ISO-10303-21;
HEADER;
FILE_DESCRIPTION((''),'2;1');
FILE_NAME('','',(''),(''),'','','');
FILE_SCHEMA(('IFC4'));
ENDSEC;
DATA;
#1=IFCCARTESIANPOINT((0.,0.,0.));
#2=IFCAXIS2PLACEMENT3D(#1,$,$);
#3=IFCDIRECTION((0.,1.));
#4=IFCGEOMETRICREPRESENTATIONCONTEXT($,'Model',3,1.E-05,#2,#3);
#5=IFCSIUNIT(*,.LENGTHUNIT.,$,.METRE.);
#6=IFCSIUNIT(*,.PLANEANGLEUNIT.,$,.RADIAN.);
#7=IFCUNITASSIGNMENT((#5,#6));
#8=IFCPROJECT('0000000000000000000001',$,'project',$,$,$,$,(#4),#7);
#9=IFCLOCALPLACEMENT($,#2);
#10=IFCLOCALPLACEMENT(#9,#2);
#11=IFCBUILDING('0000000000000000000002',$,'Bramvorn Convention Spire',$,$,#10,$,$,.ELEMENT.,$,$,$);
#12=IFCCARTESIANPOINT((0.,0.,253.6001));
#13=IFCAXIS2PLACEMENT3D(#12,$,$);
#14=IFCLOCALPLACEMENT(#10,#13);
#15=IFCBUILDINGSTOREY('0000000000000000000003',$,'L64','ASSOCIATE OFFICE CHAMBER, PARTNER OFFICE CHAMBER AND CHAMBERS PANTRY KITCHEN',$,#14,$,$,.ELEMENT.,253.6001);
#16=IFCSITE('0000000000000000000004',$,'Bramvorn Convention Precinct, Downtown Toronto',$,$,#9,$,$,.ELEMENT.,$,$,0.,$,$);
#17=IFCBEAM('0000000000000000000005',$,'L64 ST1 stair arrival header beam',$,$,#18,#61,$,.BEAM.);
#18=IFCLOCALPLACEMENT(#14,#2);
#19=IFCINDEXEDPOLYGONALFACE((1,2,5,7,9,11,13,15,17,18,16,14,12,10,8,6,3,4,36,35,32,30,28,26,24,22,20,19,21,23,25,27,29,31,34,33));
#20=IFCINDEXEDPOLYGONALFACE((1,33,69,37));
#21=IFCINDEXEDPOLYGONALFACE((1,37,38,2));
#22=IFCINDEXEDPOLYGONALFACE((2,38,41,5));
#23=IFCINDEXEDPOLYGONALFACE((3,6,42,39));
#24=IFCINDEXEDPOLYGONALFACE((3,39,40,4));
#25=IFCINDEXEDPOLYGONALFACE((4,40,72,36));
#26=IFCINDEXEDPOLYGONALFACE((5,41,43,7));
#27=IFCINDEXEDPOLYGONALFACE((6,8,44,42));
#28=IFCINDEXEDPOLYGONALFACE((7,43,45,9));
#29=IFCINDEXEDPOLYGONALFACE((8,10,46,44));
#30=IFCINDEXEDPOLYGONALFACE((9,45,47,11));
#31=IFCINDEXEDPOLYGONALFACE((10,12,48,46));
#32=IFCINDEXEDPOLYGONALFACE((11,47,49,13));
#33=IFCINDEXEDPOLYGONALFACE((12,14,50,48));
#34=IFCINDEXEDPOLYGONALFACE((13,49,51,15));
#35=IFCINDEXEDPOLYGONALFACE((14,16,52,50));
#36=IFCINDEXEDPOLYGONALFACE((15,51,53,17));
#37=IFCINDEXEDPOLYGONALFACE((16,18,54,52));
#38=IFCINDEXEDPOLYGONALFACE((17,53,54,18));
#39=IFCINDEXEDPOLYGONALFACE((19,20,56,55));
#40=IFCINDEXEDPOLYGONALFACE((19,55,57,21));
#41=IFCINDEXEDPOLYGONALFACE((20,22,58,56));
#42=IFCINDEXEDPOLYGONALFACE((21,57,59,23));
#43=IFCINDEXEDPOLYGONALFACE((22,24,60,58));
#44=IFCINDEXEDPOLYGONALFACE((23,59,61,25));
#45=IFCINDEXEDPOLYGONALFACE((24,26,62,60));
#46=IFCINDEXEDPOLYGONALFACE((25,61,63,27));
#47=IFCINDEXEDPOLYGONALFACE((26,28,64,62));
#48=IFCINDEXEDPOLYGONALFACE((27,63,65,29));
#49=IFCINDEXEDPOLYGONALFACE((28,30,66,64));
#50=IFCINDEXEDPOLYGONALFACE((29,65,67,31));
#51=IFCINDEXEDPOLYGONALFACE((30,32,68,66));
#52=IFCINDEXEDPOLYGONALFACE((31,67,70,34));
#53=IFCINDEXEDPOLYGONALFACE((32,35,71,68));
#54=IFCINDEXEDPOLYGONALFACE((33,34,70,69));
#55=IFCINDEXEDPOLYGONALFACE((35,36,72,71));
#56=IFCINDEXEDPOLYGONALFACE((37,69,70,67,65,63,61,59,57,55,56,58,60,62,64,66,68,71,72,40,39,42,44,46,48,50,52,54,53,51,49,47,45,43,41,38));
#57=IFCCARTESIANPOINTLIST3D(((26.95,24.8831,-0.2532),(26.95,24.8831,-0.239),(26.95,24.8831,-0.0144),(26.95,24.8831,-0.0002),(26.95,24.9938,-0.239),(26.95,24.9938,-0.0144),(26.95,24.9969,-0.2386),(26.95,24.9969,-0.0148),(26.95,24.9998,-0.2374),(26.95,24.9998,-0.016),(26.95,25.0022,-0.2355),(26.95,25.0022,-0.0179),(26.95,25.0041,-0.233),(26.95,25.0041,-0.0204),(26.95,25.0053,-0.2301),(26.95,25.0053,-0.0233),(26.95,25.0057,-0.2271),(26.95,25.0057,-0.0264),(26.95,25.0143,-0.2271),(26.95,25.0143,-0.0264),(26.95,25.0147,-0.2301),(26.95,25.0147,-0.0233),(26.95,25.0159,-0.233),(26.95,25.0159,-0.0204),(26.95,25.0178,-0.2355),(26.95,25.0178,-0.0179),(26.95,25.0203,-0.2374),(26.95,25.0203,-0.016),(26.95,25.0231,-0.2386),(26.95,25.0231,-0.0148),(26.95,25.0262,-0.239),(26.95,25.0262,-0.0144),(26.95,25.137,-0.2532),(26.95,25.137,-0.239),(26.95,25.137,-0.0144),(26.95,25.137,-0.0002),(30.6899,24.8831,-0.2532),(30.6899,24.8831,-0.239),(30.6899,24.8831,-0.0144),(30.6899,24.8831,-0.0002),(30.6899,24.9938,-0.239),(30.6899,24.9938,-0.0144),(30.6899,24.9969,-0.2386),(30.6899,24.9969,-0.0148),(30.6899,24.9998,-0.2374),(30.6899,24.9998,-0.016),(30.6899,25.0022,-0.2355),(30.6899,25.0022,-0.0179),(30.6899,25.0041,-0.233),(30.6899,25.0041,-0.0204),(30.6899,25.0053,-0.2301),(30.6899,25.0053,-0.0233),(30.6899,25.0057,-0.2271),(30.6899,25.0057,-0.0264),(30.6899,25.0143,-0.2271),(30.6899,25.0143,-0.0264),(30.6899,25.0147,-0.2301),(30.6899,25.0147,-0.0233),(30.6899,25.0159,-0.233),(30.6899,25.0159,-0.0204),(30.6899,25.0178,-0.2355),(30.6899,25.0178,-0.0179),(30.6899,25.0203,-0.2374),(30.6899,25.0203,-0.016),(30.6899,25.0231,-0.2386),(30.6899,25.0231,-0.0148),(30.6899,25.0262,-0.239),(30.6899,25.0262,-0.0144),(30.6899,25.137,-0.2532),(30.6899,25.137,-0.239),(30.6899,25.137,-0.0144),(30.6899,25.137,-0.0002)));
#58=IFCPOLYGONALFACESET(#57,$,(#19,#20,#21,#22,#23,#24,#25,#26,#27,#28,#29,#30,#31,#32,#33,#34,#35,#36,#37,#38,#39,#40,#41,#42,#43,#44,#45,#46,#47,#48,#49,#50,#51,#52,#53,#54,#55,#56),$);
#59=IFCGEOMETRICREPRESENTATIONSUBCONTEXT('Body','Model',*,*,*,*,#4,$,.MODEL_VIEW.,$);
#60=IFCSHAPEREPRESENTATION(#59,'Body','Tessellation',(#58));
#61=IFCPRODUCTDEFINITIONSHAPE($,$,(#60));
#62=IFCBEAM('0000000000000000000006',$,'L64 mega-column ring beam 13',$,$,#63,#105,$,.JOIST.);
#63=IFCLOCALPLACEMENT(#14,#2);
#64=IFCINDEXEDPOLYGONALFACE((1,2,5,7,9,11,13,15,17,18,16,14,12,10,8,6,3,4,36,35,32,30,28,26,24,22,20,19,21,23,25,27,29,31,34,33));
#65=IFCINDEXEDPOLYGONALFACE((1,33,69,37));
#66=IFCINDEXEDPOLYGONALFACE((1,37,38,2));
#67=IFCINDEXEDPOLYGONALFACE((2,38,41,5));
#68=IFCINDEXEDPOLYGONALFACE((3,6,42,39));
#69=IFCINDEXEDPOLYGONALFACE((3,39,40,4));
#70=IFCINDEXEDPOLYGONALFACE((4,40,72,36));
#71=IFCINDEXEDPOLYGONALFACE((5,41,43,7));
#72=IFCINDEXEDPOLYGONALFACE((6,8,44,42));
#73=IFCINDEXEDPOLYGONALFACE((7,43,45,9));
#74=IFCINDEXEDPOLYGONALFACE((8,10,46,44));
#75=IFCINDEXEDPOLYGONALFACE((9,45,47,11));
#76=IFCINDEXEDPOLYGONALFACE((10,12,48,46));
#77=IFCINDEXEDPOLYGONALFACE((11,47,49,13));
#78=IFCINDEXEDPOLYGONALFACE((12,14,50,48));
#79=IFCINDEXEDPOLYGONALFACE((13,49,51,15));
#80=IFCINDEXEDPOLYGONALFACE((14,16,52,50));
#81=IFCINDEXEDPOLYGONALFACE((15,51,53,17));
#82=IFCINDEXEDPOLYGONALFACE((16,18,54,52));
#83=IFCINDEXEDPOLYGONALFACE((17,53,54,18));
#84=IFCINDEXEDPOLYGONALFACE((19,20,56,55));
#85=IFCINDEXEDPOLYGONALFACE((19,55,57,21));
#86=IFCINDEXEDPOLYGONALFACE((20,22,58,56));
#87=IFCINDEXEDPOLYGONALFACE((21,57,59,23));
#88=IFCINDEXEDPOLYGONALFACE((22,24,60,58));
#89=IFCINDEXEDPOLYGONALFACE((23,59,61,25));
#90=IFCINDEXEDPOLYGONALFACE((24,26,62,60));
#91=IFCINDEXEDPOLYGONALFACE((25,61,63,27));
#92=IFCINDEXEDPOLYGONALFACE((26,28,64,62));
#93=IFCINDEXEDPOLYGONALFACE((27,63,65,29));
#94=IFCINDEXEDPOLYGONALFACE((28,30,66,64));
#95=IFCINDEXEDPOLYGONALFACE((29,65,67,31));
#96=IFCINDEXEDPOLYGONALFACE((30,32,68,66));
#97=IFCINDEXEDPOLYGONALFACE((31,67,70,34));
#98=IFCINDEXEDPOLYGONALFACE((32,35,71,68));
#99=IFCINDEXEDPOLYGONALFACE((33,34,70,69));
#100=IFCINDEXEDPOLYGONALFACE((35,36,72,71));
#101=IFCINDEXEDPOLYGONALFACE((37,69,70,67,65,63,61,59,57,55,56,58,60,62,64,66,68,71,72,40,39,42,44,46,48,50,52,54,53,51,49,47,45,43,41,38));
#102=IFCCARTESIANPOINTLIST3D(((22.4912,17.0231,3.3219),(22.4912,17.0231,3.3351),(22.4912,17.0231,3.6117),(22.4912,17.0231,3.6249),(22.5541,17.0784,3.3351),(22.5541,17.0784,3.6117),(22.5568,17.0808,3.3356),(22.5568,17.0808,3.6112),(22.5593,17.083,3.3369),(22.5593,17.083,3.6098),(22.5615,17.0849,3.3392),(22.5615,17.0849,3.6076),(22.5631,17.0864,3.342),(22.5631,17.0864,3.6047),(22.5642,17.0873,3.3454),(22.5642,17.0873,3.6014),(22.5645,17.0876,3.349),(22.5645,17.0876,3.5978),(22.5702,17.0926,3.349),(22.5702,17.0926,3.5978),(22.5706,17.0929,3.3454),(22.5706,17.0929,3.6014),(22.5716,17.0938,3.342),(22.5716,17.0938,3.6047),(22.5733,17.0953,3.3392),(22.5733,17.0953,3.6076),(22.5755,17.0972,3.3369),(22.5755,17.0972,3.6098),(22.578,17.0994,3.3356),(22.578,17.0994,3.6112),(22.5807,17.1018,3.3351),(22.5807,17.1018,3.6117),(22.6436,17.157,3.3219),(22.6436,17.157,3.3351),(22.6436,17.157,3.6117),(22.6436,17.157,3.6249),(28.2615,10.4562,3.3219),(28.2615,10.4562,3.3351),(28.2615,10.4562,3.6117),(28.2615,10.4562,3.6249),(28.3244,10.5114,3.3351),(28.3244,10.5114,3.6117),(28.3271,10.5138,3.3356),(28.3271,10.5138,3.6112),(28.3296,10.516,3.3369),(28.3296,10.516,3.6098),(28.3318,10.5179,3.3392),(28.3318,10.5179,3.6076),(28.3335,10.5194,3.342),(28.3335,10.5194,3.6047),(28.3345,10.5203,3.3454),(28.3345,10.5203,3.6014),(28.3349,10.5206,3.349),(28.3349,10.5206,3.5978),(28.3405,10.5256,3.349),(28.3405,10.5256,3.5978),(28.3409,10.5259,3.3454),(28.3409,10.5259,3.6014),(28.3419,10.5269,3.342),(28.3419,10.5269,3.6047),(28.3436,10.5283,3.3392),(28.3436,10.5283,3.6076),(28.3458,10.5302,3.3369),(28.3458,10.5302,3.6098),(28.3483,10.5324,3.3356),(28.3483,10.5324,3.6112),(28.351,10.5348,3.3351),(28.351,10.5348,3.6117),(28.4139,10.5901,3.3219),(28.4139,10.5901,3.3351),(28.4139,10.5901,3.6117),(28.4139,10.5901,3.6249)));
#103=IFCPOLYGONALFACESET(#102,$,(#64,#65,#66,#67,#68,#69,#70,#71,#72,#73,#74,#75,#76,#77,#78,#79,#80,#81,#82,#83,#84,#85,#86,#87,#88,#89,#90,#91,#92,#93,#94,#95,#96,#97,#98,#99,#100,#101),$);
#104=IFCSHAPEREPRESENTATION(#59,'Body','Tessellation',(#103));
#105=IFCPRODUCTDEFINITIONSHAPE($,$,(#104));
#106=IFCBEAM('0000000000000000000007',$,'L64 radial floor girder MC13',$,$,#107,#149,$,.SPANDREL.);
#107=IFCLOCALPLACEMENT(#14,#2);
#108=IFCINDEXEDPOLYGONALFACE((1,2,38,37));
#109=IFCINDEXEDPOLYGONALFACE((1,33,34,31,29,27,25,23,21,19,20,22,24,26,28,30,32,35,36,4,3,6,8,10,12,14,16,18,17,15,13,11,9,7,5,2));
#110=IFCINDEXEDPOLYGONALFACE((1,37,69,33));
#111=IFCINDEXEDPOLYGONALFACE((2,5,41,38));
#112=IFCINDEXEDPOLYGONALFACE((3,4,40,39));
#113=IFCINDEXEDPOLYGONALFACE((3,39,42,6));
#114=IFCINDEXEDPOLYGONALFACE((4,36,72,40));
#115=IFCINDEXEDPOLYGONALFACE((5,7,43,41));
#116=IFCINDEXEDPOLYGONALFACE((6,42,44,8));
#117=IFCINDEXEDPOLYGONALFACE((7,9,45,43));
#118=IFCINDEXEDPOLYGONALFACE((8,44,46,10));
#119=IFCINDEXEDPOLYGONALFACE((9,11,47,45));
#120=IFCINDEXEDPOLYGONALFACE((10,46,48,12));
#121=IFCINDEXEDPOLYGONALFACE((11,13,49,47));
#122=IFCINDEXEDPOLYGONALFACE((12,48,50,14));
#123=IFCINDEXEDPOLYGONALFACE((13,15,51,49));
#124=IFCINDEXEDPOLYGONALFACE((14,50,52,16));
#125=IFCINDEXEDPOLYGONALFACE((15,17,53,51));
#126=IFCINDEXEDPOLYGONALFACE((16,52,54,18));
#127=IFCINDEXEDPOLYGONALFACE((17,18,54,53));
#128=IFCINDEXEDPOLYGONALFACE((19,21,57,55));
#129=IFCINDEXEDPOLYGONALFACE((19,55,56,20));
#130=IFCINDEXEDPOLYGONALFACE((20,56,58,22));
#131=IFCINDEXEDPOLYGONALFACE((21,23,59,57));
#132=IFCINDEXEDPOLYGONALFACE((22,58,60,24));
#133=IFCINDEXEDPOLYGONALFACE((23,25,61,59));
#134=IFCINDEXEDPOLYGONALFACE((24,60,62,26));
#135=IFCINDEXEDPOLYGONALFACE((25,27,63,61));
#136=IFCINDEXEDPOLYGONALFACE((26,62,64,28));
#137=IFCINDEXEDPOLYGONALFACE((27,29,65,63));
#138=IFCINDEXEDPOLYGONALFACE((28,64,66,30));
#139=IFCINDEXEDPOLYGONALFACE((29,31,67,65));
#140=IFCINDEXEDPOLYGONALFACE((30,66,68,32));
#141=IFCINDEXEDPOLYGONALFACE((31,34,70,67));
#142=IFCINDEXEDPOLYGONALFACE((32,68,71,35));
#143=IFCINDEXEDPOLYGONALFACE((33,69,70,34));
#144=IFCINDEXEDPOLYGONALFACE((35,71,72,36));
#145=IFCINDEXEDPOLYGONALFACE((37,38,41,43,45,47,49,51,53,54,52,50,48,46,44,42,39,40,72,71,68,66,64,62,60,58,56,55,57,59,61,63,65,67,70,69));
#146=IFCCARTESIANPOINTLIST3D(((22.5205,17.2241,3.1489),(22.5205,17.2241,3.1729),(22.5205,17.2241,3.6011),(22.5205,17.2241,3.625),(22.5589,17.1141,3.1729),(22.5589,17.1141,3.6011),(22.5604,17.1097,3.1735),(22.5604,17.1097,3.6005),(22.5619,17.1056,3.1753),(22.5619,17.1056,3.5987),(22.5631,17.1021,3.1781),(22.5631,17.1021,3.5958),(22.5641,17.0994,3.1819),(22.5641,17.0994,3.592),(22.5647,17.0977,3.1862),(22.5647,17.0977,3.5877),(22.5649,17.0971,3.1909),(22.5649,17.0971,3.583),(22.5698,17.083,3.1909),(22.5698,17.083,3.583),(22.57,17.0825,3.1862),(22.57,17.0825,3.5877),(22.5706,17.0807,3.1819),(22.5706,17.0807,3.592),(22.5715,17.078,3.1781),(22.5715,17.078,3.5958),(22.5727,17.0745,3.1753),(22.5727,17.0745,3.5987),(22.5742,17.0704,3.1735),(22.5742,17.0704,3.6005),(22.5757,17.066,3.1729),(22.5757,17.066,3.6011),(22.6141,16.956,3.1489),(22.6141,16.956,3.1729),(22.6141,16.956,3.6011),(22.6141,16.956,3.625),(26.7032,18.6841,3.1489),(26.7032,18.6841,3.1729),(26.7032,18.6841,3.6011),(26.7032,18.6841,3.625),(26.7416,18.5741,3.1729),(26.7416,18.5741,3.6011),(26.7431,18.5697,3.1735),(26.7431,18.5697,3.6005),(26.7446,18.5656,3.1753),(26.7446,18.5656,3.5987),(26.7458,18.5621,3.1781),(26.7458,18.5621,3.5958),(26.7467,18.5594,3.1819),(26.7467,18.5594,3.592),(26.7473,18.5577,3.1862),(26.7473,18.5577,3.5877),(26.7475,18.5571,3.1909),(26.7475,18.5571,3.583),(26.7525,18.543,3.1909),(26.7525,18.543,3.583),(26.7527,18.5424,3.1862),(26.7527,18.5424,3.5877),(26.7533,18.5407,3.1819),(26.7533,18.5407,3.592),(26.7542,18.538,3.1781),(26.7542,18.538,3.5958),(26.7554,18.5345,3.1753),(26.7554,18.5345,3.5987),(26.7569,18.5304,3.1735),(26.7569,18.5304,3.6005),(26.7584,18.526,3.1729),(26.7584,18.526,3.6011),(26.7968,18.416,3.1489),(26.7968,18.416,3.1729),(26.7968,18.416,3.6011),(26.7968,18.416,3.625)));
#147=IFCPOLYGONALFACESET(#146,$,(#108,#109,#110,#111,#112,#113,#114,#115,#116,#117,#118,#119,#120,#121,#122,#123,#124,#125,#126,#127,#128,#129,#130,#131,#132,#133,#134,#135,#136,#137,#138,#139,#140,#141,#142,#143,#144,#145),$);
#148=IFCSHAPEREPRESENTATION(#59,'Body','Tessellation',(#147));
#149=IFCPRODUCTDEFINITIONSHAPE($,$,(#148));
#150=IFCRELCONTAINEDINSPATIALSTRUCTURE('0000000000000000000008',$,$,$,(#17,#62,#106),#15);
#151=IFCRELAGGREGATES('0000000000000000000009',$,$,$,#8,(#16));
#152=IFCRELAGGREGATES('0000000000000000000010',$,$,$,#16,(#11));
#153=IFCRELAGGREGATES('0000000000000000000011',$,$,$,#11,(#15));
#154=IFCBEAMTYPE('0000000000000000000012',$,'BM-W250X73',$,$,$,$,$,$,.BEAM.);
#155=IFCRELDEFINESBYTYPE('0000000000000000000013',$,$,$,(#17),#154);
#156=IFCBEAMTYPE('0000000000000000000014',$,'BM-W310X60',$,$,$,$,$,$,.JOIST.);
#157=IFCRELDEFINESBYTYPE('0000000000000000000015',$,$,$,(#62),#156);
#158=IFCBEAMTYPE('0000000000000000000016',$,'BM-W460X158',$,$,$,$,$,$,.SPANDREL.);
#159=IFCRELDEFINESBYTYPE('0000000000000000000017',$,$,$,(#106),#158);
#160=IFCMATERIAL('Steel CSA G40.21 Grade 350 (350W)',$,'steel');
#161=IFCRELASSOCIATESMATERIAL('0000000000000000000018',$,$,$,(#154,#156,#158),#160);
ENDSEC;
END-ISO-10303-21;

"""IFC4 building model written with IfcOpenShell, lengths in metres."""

from ifc_helpers import new_model, si_unit, direction, frame, origin, origin_2d, place, context, subcontext, project, spatial, i_section, extrude, material, material_profile, profile_set, type_object, element, save


model = new_model("IFC4")

# Units and contexts
model_context = context("Model", 3, precision=1e-05, world=origin(), true_north=direction((0.0, 1.0)))
body_context = subcontext(model_context, "Body", "Model", "MODEL_VIEW")
ifc_project = project(units=[si_unit("LENGTHUNIT", "METRE"), si_unit("PLANEANGLEUNIT", "RADIAN")], contexts=[model_context])

# Site, building, storey
site_placement = place(None, origin())
site = spatial("IfcSite", under=ifc_project, at=site_placement, Name="Bramvorn Convention Precinct, Downtown Toronto", CompositionType="ELEMENT", RefElevation=0.0)
building_placement = place(site_placement, origin())
building = spatial("IfcBuilding", under=site, at=building_placement, Name="Bramvorn Convention Spire", CompositionType="ELEMENT")
storey_placement = place(building_placement, frame((0.0, 0.0, 253.6001)))
storey = spatial("IfcBuildingStorey", under=building, at=storey_placement, Name="L64", Description="ASSOCIATE OFFICE CHAMBER, PARTNER OFFICE CHAMBER AND CHAMBERS PANTRY KITCHEN", CompositionType="ELEMENT", Elevation=253.6001)

# Shared definitions
ifc_material_1 = material(Name="Steel CSA G40.21 Grade 350 (350W)", Category="steel")

# Beams
ifc_material_profile_1 = material_profile(ifc_material_1, i_section(OverallWidth=0.2539, OverallDepth=0.2529, WebThickness=0.0085, FlangeThickness=0.0142, FilletRadius=0.012, at=origin_2d()))
ifc_profile_set_1 = profile_set([ifc_material_profile_1], Name="Steel CSA G40.21 Grade 350 (350W) - W250X73")
beam_type_1 = type_object("IfcBeamType", Name="BM-W250X73", PredefinedType="BEAM", material=ifc_profile_set_1)
beam_1_placement = place(storey_placement, frame((26.95, 25.01, -0.1267), z_axis=(1.0, 0.0, 0.0), x_axis=(0.0, 1.0, 0.0)))
element("IfcBeam", 1, at=beam_1_placement, inside=storey, type_object=beam_type_1, Name="L64 ST1 stair arrival header beam", PredefinedType="BEAM", context=body_context, shape_type="SweptSolid", body=[
    extrude(i_section(OverallWidth=0.2539, OverallDepth=0.2529, WebThickness=0.0085, FlangeThickness=0.0142, FilletRadius=0.012, at=origin_2d()), origin(), (0.0, 0.0, 1.0), 3.74),
])
ifc_material_profile_2 = material_profile(ifc_material_1, i_section(OverallWidth=0.2029, OverallDepth=0.303, WebThickness=0.0076, FlangeThickness=0.0132, FilletRadius=0.0139, at=origin_2d()))
ifc_profile_set_2 = profile_set([ifc_material_profile_2], Name="Steel CSA G40.21 Grade 350 (350W) - W310X60")
beam_type_2 = type_object("IfcBeamType", Name="BM-W310X60", PredefinedType="JOIST", material=ifc_profile_set_2)
beam_2_placement = place(storey_placement, frame((22.5674, 17.0901, 3.4734), z_axis=(0.660073, -0.751201, 0.0), x_axis=(0.751201, 0.660073, 0.0)))
element("IfcBeam", 2, at=beam_2_placement, inside=storey, type_object=beam_type_2, Name="L64 mega-column ring beam 13", PredefinedType="JOIST", context=body_context, shape_type="SweptSolid", body=[
    extrude(i_section(OverallWidth=0.2029, OverallDepth=0.303, WebThickness=0.0076, FlangeThickness=0.0132, FilletRadius=0.0139, at=origin_2d()), origin(), (0.0, 0.0, 1.0), 8.7419),
])
ifc_material_profile_3 = material_profile(ifc_material_1, i_section(OverallWidth=0.2839, OverallDepth=0.4761, WebThickness=0.0149, FlangeThickness=0.0239, FilletRadius=0.0181, at=origin_2d()))
ifc_profile_set_3 = profile_set([ifc_material_profile_3], Name="Steel CSA G40.21 Grade 350 (350W) - W460X158")
beam_type_3 = type_object("IfcBeamType", Name="BM-W460X158", PredefinedType="SPANDREL", material=ifc_profile_set_3)
beam_3_placement = place(storey_placement, frame((26.75, 18.55, 3.387), z_axis=(-0.944136, -0.329555, 0.0), x_axis=(0.329555, -0.944136, 0.0)))
element("IfcBeam", 3, at=beam_3_placement, inside=storey, type_object=beam_type_3, Name="L64 radial floor girder MC13", PredefinedType="SPANDREL", context=body_context, shape_type="SweptSolid", body=[
    extrude(i_section(OverallWidth=0.2839, OverallDepth=0.4761, WebThickness=0.0149, FlangeThickness=0.0239, FilletRadius=0.0181, at=origin_2d()), origin(), (0.0, 0.0, 1.0), 4.4302),
])

save(model, "model.ifc")
